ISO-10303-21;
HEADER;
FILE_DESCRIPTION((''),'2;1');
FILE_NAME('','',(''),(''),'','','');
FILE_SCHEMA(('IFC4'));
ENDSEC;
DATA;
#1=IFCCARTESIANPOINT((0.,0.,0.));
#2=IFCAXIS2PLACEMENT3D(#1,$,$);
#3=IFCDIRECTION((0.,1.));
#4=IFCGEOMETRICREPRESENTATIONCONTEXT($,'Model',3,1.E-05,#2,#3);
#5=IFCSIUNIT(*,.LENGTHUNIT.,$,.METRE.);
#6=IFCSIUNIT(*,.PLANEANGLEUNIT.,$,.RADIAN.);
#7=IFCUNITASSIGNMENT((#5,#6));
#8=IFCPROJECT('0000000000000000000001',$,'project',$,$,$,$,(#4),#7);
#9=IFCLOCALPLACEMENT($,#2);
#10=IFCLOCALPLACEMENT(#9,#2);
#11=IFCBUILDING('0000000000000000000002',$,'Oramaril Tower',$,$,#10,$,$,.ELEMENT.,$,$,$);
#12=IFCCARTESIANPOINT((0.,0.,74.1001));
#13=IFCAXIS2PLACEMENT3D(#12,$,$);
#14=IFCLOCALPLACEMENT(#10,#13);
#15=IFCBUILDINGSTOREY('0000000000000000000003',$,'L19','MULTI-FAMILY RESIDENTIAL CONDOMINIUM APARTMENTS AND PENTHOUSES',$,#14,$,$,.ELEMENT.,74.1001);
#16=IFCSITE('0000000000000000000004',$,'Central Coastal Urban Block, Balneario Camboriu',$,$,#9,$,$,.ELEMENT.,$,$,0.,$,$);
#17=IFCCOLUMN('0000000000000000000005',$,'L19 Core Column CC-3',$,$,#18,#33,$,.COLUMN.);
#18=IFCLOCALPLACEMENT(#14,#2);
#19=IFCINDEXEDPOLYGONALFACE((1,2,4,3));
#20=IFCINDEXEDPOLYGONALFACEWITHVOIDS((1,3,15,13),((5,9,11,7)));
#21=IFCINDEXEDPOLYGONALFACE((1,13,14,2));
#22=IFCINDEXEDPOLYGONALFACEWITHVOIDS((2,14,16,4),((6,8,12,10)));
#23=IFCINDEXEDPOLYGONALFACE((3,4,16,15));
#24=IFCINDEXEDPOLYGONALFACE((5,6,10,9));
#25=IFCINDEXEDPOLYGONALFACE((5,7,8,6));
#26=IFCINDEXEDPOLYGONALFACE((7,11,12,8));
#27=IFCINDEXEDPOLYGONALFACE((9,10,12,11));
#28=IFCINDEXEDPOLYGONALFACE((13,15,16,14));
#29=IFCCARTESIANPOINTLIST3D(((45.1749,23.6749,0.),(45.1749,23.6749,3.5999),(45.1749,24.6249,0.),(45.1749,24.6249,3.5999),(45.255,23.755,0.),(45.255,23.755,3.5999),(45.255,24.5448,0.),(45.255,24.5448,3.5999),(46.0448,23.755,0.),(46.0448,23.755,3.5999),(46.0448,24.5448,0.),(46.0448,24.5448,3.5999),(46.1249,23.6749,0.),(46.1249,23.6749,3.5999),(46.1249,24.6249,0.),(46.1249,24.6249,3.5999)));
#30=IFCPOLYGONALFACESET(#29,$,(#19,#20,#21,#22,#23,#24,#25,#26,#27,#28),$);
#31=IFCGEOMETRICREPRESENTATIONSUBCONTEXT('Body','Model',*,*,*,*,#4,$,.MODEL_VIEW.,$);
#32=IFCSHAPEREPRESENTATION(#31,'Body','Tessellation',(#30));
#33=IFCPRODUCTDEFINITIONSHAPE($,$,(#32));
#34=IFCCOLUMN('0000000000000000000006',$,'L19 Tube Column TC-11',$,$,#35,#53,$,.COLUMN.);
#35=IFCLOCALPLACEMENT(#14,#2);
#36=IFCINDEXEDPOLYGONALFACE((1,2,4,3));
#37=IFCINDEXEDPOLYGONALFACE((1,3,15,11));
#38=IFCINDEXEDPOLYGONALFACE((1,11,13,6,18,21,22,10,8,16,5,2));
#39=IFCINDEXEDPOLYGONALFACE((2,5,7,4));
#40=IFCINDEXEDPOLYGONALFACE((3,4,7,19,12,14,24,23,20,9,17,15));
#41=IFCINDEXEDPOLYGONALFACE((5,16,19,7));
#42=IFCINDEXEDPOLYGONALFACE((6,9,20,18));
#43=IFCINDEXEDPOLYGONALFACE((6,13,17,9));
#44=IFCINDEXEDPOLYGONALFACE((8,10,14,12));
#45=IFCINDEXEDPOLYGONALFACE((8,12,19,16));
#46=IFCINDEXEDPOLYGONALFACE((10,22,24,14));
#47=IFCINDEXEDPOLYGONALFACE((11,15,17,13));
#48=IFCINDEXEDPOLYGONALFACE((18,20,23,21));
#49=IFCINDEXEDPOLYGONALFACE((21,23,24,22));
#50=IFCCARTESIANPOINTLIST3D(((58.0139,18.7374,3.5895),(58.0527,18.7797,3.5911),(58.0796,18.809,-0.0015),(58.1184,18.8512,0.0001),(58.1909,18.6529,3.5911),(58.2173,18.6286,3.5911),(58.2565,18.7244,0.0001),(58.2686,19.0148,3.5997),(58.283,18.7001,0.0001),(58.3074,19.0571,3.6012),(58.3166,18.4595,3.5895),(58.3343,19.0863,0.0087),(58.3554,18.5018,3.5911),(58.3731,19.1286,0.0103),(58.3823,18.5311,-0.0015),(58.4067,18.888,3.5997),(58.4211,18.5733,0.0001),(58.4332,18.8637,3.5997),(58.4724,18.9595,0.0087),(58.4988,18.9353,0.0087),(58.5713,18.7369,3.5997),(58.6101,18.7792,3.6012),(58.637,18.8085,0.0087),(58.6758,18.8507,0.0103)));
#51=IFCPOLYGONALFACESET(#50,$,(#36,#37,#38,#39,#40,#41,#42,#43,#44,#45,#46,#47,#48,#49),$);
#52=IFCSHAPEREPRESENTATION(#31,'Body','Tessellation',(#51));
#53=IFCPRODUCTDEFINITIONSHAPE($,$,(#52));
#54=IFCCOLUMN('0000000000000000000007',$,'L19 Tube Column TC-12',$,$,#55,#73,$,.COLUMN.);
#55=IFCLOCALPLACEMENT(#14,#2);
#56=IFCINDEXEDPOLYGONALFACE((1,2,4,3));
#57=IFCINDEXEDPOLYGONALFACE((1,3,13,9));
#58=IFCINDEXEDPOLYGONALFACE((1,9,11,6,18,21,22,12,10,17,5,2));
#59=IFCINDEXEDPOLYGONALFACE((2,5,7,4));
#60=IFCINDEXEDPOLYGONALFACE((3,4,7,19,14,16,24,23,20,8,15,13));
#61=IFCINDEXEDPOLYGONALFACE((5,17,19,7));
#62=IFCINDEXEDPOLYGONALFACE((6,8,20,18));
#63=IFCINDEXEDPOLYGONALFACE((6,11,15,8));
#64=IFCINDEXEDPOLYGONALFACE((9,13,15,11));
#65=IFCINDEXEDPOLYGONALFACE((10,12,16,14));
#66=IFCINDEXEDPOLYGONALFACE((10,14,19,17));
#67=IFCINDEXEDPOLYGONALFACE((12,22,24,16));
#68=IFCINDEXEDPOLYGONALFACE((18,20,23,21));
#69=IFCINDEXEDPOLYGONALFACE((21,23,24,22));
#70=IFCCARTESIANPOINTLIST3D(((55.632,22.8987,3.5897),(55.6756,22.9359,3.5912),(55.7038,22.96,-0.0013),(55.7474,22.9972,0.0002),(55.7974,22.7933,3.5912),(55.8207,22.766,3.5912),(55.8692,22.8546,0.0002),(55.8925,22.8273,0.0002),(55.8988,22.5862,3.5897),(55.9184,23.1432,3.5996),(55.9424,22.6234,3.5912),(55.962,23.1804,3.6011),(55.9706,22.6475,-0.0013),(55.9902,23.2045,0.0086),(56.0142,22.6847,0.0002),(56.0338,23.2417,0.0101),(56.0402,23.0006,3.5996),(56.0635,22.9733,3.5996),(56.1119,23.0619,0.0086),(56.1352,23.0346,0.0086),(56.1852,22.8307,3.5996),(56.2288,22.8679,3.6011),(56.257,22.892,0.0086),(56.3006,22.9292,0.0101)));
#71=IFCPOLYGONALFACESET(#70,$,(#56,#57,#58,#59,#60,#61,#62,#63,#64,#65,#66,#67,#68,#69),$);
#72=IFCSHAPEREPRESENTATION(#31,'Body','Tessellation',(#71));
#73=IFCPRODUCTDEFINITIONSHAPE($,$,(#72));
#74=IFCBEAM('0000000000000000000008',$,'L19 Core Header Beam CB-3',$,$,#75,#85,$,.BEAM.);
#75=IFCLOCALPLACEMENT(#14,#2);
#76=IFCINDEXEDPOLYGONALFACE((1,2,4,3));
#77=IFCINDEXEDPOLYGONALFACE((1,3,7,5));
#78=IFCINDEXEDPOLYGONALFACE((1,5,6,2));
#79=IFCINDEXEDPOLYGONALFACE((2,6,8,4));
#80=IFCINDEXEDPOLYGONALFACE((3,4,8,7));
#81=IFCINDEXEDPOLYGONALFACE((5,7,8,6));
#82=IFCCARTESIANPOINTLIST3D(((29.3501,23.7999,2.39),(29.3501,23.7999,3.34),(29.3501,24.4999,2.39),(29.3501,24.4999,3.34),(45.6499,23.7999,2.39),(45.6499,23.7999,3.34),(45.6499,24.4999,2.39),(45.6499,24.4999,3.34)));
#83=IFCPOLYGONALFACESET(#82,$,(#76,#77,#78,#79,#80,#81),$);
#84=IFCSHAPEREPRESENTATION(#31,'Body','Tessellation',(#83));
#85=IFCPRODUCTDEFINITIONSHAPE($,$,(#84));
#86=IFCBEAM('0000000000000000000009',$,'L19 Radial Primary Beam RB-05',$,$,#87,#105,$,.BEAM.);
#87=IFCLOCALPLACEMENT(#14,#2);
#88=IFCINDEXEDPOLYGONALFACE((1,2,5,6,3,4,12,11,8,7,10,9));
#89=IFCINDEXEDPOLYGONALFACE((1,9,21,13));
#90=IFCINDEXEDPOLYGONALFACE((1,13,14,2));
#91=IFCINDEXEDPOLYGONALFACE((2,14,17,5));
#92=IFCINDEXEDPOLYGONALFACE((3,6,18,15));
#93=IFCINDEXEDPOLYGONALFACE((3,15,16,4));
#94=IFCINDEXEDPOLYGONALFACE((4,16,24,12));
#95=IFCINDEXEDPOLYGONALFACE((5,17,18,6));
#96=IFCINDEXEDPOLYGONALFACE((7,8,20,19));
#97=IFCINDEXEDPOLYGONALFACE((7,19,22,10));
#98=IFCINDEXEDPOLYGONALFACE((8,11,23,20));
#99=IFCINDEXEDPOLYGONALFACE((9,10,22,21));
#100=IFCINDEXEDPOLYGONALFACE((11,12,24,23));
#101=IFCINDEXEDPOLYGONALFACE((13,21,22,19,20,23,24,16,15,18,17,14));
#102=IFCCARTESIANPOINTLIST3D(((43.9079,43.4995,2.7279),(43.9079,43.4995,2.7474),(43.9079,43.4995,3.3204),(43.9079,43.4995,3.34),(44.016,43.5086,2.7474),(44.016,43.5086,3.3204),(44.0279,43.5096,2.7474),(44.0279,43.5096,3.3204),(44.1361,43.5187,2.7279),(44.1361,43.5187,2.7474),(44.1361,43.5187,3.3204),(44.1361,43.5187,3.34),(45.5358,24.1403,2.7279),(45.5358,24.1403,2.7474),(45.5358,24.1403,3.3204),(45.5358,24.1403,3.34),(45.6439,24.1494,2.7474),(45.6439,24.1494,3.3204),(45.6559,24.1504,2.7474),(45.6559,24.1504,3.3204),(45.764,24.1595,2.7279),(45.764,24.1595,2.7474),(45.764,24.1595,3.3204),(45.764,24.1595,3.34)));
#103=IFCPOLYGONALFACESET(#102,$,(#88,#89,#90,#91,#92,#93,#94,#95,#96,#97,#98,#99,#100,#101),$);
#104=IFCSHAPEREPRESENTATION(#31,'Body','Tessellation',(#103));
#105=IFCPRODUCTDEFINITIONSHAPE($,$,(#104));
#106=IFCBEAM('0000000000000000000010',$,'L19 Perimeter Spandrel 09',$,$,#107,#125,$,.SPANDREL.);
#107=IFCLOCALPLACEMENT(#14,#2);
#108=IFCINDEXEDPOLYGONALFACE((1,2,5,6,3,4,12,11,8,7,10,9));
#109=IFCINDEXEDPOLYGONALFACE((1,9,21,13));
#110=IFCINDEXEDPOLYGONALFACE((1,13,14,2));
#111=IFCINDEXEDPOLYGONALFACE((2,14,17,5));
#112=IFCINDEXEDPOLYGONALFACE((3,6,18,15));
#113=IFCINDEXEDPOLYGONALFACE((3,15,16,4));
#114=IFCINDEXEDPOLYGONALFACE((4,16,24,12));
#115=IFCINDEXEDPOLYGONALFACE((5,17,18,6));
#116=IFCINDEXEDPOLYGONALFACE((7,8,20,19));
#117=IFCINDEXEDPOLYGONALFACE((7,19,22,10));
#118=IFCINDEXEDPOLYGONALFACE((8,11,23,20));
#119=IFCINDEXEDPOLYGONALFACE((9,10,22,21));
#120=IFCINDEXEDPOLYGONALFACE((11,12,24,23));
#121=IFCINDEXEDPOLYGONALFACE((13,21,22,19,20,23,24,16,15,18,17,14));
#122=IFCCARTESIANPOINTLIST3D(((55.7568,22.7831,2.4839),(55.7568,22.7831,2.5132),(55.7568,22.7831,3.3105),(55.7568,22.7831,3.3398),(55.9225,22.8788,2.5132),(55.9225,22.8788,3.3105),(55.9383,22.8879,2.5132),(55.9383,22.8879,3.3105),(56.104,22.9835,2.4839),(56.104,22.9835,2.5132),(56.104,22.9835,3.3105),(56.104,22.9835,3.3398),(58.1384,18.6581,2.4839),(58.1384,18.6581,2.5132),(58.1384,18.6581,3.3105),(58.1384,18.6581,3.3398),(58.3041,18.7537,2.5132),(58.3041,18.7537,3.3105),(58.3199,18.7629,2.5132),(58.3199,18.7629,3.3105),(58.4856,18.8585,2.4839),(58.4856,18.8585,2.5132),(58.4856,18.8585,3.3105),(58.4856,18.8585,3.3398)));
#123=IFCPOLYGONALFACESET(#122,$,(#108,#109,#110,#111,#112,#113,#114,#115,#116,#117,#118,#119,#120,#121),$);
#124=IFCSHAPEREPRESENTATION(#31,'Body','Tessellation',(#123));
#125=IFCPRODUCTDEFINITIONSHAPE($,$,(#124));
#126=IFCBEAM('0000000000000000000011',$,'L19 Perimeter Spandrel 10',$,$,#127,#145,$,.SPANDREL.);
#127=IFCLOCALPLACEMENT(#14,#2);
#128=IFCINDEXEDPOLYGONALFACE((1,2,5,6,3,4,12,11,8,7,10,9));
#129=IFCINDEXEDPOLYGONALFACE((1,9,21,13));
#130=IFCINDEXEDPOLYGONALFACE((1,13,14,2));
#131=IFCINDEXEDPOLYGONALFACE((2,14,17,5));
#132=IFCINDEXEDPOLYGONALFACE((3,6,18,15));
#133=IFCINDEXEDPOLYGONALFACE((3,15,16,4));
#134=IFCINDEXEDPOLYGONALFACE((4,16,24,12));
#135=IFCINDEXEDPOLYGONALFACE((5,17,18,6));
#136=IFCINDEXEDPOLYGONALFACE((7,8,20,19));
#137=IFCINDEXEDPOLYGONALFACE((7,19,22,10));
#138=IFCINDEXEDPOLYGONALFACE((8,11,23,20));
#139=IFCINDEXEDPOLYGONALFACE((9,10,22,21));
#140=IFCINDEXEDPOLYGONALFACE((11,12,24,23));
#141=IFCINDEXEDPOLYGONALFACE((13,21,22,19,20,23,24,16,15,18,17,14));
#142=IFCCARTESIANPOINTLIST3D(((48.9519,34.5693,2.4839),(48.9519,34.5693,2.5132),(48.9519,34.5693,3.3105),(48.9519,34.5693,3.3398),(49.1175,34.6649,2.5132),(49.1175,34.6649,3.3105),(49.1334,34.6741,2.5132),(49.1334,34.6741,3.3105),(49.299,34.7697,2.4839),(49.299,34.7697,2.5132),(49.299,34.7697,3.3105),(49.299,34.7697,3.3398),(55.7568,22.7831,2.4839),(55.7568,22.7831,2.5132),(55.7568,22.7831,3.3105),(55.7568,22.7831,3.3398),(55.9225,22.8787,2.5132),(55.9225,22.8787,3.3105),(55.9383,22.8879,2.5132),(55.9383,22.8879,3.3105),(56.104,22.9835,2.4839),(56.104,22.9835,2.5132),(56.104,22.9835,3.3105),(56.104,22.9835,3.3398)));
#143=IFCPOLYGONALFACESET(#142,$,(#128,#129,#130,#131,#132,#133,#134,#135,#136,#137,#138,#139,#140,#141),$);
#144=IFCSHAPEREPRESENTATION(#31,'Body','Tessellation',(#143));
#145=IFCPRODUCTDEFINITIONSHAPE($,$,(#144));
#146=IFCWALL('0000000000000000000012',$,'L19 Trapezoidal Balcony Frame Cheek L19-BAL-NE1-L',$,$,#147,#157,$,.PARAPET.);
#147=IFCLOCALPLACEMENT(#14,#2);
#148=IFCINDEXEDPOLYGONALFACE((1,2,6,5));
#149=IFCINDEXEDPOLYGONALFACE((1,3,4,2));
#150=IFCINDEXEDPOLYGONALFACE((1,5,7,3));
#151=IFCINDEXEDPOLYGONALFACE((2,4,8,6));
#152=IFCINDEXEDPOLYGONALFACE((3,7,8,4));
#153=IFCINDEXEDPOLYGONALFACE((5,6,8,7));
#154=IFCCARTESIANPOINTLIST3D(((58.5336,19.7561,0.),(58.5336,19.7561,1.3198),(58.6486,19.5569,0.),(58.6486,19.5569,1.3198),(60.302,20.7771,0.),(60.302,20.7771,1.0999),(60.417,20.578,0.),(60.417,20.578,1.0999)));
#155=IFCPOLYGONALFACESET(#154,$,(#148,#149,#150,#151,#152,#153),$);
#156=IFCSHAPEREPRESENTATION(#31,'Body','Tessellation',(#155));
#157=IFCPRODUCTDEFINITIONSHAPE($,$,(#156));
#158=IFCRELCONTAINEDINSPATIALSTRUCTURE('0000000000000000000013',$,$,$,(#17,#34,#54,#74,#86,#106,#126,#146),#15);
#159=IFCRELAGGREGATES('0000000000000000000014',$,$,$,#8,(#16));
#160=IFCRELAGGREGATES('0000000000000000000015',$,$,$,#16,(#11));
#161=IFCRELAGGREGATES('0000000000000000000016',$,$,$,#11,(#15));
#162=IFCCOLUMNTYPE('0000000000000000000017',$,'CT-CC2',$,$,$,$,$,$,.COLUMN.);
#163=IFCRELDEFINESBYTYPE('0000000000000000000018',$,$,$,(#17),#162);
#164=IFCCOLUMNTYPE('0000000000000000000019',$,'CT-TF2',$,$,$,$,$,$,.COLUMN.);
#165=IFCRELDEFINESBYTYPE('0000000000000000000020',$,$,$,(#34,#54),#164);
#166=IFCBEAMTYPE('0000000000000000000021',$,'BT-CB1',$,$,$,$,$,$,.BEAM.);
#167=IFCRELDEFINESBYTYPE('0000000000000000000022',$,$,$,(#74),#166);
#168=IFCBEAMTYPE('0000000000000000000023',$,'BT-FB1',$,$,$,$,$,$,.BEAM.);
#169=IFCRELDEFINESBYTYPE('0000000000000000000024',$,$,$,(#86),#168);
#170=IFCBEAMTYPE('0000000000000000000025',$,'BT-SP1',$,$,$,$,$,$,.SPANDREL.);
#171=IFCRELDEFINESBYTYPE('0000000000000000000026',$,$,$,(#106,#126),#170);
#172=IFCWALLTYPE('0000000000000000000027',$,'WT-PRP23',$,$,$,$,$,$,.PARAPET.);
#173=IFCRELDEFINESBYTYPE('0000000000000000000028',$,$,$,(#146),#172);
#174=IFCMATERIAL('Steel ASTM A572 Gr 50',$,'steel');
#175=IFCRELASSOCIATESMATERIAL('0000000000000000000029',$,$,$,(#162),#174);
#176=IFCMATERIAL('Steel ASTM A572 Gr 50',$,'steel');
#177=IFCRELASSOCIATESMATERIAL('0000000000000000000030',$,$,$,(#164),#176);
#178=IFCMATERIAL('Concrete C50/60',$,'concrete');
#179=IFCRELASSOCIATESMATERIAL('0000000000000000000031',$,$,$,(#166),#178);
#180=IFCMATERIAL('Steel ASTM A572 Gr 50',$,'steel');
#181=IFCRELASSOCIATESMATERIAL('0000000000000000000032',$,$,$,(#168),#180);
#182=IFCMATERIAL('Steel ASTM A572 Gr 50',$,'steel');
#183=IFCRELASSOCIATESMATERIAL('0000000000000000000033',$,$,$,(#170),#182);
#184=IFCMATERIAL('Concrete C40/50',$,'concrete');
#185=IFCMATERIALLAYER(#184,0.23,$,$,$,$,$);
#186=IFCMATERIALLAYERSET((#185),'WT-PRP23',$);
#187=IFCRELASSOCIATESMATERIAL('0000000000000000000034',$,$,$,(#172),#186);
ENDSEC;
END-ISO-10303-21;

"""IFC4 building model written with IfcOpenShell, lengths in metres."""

from ifc_helpers import new_model, si_unit, direction, frame, origin, origin_2d, place, context, subcontext, project, spatial, polyline, rectangle, hollow_rectangle, i_section, outline, extrude, material, layer, layer_set, material_profile, profile_set, type_object, element, save


model = new_model("IFC4")

# Units and contexts
model_context = context("Model", 3, precision=1e-05, world=origin(), true_north=direction((0.0, 1.0)))
body_context = subcontext(model_context, "Body", "Model", "MODEL_VIEW")
ifc_project = project(units=[si_unit("LENGTHUNIT", "METRE"), si_unit("PLANEANGLEUNIT", "RADIAN")], contexts=[model_context])

# Site, building, storey
site_placement = place(None, origin())
site = spatial("IfcSite", under=ifc_project, at=site_placement, Name="Central Coastal Urban Block, Balneario Camboriu", CompositionType="ELEMENT", RefElevation=0.0)
building_placement = place(site_placement, origin())
building = spatial("IfcBuilding", under=site, at=building_placement, Name="Oramaril Tower", CompositionType="ELEMENT")
storey_placement = place(building_placement, frame((0.0, 0.0, 74.1001)))
storey = spatial("IfcBuildingStorey", under=building, at=storey_placement, Name="L19", Description="MULTI-FAMILY RESIDENTIAL CONDOMINIUM APARTMENTS AND PENTHOUSES", CompositionType="ELEMENT", Elevation=74.1001)

# Columns
ifc_material_1 = material(Name="Steel ASTM A572 Gr 50", Category="steel")
ifc_material_profile_1 = material_profile(ifc_material_1, hollow_rectangle(XDim=0.95, YDim=0.95, WallThickness=0.0801, at=origin_2d()), Name="BOX950X950X80")
ifc_profile_set_1 = profile_set([ifc_material_profile_1], Name="Steel ASTM A572 Gr 50")
column_type_1 = type_object("IfcColumnType", Name="CT-CC2", PredefinedType="COLUMN", material=ifc_profile_set_1)
column_placement = place(storey_placement, frame((45.6499, 24.1499, 0.0), z_axis=(0.0, 0.0, 1.0), x_axis=(1.0, 0.0, 0.0)))
element("IfcColumn", 1, at=column_placement, inside=storey, type_object=column_type_1, Name="L19 Core Column CC-3", PredefinedType="COLUMN", context=body_context, shape_type="SweptSolid", body=[
    extrude(hollow_rectangle(XDim=0.95, YDim=0.95, WallThickness=0.0801, at=origin_2d()), origin(), (0.0, 0.0, 1.0), 3.5999),
])
ifc_material_2 = material(Name="Steel ASTM A572 Gr 50", Category="steel")
ifc_material_profile_2 = material_profile(ifc_material_2, i_section(OverallWidth=0.4109, OverallDepth=0.4341, WebThickness=0.0359, FlangeThickness=0.0574, at=origin_2d()), Name="W14X311")
ifc_profile_set_2 = profile_set([ifc_material_profile_2], Name="Steel ASTM A572 Gr 50")
column_type_2 = type_object("IfcColumnType", Name="CT-TF2", PredefinedType="COLUMN", material=ifc_profile_set_2)
for number, where, z_axis, x_axis, name in (
    (2, (58.3777, 18.8298, 0.0044), (-0.018281, -0.019912, 0.999635), (0.736632, -0.676294, 0.0), "L19 Tube Column TC-11"),
    (3, (56.0022, 22.9446, 0.0044), (-0.019981, -0.017058, 0.999655), (0.649299, -0.760533, 0.0), "L19 Tube Column TC-12"),
):
    element("IfcColumn", number, at=place(storey_placement, frame(where, z_axis=z_axis, x_axis=x_axis)), inside=storey, type_object=column_type_2, Name=name, PredefinedType="COLUMN", context=body_context, shape_type="SweptSolid", body=[
        extrude(i_section(OverallWidth=0.4109, OverallDepth=0.4341, WebThickness=0.0359, FlangeThickness=0.0574, at=origin_2d()), origin(), (0.0, 0.0, 1.0), 3.5923),
    ])

# Beams
ifc_material_3 = material(Name="Concrete C50/60", Category="concrete")
ifc_material_profile_3 = material_profile(ifc_material_3, rectangle(XDim=0.7, YDim=0.95, at=origin_2d()), Name="CB700X950")
ifc_profile_set_3 = profile_set([ifc_material_profile_3], Name="Concrete C50/60")
beam_type_1 = type_object("IfcBeamType", Name="BT-CB1", PredefinedType="BEAM", material=ifc_profile_set_3)
beam_1_placement = place(storey_placement, frame((45.6499, 24.1499, 2.865), z_axis=(-1.0, 0.0, 0.0), x_axis=(0.0, -1.0, 0.0)))
element("IfcBeam", 4, at=beam_1_placement, inside=storey, type_object=beam_type_1, Name="L19 Core Header Beam CB-3", PredefinedType="BEAM", context=body_context, shape_type="SweptSolid", body=[
    extrude(rectangle(XDim=0.7, YDim=0.95, at=origin_2d()), origin(), (0.0, 0.0, 1.0), 16.2998),
])
ifc_material_4 = material(Name="Steel ASTM A572 Gr 50", Category="steel")
ifc_material_profile_4 = material_profile(ifc_material_4, i_section(OverallWidth=0.229, OverallDepth=0.6121, WebThickness=0.012, FlangeThickness=0.0195, at=origin_2d()), Name="W24X84")
ifc_profile_set_4 = profile_set([ifc_material_profile_4], Name="Steel ASTM A572 Gr 50")
beam_type_2 = type_object("IfcBeamType", Name="BT-FB1", PredefinedType="BEAM", material=ifc_profile_set_4)
beam_2_placement = place(storey_placement, frame((45.6499, 24.1499, 3.0339), z_axis=(-0.083795, 0.996483, 0.0), x_axis=(-0.996483, -0.083795, 0.0)))
element("IfcBeam", 5, at=beam_2_placement, inside=storey, type_object=beam_type_2, Name="L19 Radial Primary Beam RB-05", PredefinedType="BEAM", context=body_context, shape_type="SweptSolid", body=[
    extrude(i_section(OverallWidth=0.229, OverallDepth=0.6121, WebThickness=0.012, FlangeThickness=0.0195, at=origin_2d()), origin(), (0.0, 0.0, 1.0), 19.4275),
])
ifc_material_5 = material(Name="Steel ASTM A572 Gr 50", Category="steel")
ifc_material_profile_5 = material_profile(ifc_material_5, i_section(OverallWidth=0.4009, OverallDepth=0.856, WebThickness=0.0183, FlangeThickness=0.0293, at=origin_2d()), Name="W33X201")
ifc_profile_set_5 = profile_set([ifc_material_profile_5], Name="Steel ASTM A572 Gr 50")
beam_type_3 = type_object("IfcBeamType", Name="BT-SP1", PredefinedType="SPANDREL", material=ifc_profile_set_5)
beam_3_placement = place(storey_placement, frame((58.312, 18.7583, 2.9119), z_axis=(-0.500003, 0.866023, 0.0), x_axis=(-0.866023, -0.500003, 0.0)))
element("IfcBeam", 6, at=beam_3_placement, inside=storey, type_object=beam_type_3, Name="L19 Perimeter Spandrel 09", PredefinedType="SPANDREL", context=body_context, shape_type="SweptSolid", body=[
    extrude(i_section(OverallWidth=0.4009, OverallDepth=0.856, WebThickness=0.0183, FlangeThickness=0.0293, at=origin_2d()), origin(), (0.0, 0.0, 1.0), 4.7632),
])
beam_4_placement = place(storey_placement, frame((55.9304, 22.8833, 2.9119), z_axis=(-0.500011, 0.866019, 0.0), x_axis=(-0.866019, -0.500011, 0.0)))
element("IfcBeam", 7, at=beam_4_placement, inside=storey, type_object=beam_type_3, Name="L19 Perimeter Spandrel 10", PredefinedType="SPANDREL", context=body_context, shape_type="SweptSolid", body=[
    extrude(i_section(OverallWidth=0.4009, OverallDepth=0.856, WebThickness=0.0183, FlangeThickness=0.0293, at=origin_2d()), origin(), (0.0, 0.0, 1.0), 13.6096),
])

# Wall
ifc_material_6 = material(Name="Concrete C40/50", Category="concrete")
ifc_layer_1 = layer(ifc_material_6, 0.23)
ifc_layer_set_1 = layer_set([ifc_layer_1], Name="WT-PRP23")
wall_type_1 = type_object("IfcWallType", Name="WT-PRP23", PredefinedType="PARAPET", material=ifc_layer_set_1)
wall_1_placement = place(storey_placement, frame((58.5911, 19.6565, 0.0), z_axis=(0.0, 0.0, 1.0), x_axis=(0.866012, 0.500023, 0.0)))
element("IfcWall", 8, at=wall_1_placement, inside=storey, type_object=wall_type_1, Name="L19 Trapezoidal Balcony Frame Cheek L19-BAL-NE1-L", PredefinedType="PARAPET", context=body_context, shape_type="SweptSolid", body=[
    extrude(outline(polyline([(0.0, 0.0), (2.042, 0.0), (2.042, 1.0999), (0.0, 1.3198), (0.0, 0.0)])), frame((0.0, 0.115, 0.0), z_axis=(0.0, -1.0, 0.0), x_axis=(1.0, 0.0, 0.0)), (0.0, 0.0, 1.0), 0.23),
])

save(model, "model.ifc")
